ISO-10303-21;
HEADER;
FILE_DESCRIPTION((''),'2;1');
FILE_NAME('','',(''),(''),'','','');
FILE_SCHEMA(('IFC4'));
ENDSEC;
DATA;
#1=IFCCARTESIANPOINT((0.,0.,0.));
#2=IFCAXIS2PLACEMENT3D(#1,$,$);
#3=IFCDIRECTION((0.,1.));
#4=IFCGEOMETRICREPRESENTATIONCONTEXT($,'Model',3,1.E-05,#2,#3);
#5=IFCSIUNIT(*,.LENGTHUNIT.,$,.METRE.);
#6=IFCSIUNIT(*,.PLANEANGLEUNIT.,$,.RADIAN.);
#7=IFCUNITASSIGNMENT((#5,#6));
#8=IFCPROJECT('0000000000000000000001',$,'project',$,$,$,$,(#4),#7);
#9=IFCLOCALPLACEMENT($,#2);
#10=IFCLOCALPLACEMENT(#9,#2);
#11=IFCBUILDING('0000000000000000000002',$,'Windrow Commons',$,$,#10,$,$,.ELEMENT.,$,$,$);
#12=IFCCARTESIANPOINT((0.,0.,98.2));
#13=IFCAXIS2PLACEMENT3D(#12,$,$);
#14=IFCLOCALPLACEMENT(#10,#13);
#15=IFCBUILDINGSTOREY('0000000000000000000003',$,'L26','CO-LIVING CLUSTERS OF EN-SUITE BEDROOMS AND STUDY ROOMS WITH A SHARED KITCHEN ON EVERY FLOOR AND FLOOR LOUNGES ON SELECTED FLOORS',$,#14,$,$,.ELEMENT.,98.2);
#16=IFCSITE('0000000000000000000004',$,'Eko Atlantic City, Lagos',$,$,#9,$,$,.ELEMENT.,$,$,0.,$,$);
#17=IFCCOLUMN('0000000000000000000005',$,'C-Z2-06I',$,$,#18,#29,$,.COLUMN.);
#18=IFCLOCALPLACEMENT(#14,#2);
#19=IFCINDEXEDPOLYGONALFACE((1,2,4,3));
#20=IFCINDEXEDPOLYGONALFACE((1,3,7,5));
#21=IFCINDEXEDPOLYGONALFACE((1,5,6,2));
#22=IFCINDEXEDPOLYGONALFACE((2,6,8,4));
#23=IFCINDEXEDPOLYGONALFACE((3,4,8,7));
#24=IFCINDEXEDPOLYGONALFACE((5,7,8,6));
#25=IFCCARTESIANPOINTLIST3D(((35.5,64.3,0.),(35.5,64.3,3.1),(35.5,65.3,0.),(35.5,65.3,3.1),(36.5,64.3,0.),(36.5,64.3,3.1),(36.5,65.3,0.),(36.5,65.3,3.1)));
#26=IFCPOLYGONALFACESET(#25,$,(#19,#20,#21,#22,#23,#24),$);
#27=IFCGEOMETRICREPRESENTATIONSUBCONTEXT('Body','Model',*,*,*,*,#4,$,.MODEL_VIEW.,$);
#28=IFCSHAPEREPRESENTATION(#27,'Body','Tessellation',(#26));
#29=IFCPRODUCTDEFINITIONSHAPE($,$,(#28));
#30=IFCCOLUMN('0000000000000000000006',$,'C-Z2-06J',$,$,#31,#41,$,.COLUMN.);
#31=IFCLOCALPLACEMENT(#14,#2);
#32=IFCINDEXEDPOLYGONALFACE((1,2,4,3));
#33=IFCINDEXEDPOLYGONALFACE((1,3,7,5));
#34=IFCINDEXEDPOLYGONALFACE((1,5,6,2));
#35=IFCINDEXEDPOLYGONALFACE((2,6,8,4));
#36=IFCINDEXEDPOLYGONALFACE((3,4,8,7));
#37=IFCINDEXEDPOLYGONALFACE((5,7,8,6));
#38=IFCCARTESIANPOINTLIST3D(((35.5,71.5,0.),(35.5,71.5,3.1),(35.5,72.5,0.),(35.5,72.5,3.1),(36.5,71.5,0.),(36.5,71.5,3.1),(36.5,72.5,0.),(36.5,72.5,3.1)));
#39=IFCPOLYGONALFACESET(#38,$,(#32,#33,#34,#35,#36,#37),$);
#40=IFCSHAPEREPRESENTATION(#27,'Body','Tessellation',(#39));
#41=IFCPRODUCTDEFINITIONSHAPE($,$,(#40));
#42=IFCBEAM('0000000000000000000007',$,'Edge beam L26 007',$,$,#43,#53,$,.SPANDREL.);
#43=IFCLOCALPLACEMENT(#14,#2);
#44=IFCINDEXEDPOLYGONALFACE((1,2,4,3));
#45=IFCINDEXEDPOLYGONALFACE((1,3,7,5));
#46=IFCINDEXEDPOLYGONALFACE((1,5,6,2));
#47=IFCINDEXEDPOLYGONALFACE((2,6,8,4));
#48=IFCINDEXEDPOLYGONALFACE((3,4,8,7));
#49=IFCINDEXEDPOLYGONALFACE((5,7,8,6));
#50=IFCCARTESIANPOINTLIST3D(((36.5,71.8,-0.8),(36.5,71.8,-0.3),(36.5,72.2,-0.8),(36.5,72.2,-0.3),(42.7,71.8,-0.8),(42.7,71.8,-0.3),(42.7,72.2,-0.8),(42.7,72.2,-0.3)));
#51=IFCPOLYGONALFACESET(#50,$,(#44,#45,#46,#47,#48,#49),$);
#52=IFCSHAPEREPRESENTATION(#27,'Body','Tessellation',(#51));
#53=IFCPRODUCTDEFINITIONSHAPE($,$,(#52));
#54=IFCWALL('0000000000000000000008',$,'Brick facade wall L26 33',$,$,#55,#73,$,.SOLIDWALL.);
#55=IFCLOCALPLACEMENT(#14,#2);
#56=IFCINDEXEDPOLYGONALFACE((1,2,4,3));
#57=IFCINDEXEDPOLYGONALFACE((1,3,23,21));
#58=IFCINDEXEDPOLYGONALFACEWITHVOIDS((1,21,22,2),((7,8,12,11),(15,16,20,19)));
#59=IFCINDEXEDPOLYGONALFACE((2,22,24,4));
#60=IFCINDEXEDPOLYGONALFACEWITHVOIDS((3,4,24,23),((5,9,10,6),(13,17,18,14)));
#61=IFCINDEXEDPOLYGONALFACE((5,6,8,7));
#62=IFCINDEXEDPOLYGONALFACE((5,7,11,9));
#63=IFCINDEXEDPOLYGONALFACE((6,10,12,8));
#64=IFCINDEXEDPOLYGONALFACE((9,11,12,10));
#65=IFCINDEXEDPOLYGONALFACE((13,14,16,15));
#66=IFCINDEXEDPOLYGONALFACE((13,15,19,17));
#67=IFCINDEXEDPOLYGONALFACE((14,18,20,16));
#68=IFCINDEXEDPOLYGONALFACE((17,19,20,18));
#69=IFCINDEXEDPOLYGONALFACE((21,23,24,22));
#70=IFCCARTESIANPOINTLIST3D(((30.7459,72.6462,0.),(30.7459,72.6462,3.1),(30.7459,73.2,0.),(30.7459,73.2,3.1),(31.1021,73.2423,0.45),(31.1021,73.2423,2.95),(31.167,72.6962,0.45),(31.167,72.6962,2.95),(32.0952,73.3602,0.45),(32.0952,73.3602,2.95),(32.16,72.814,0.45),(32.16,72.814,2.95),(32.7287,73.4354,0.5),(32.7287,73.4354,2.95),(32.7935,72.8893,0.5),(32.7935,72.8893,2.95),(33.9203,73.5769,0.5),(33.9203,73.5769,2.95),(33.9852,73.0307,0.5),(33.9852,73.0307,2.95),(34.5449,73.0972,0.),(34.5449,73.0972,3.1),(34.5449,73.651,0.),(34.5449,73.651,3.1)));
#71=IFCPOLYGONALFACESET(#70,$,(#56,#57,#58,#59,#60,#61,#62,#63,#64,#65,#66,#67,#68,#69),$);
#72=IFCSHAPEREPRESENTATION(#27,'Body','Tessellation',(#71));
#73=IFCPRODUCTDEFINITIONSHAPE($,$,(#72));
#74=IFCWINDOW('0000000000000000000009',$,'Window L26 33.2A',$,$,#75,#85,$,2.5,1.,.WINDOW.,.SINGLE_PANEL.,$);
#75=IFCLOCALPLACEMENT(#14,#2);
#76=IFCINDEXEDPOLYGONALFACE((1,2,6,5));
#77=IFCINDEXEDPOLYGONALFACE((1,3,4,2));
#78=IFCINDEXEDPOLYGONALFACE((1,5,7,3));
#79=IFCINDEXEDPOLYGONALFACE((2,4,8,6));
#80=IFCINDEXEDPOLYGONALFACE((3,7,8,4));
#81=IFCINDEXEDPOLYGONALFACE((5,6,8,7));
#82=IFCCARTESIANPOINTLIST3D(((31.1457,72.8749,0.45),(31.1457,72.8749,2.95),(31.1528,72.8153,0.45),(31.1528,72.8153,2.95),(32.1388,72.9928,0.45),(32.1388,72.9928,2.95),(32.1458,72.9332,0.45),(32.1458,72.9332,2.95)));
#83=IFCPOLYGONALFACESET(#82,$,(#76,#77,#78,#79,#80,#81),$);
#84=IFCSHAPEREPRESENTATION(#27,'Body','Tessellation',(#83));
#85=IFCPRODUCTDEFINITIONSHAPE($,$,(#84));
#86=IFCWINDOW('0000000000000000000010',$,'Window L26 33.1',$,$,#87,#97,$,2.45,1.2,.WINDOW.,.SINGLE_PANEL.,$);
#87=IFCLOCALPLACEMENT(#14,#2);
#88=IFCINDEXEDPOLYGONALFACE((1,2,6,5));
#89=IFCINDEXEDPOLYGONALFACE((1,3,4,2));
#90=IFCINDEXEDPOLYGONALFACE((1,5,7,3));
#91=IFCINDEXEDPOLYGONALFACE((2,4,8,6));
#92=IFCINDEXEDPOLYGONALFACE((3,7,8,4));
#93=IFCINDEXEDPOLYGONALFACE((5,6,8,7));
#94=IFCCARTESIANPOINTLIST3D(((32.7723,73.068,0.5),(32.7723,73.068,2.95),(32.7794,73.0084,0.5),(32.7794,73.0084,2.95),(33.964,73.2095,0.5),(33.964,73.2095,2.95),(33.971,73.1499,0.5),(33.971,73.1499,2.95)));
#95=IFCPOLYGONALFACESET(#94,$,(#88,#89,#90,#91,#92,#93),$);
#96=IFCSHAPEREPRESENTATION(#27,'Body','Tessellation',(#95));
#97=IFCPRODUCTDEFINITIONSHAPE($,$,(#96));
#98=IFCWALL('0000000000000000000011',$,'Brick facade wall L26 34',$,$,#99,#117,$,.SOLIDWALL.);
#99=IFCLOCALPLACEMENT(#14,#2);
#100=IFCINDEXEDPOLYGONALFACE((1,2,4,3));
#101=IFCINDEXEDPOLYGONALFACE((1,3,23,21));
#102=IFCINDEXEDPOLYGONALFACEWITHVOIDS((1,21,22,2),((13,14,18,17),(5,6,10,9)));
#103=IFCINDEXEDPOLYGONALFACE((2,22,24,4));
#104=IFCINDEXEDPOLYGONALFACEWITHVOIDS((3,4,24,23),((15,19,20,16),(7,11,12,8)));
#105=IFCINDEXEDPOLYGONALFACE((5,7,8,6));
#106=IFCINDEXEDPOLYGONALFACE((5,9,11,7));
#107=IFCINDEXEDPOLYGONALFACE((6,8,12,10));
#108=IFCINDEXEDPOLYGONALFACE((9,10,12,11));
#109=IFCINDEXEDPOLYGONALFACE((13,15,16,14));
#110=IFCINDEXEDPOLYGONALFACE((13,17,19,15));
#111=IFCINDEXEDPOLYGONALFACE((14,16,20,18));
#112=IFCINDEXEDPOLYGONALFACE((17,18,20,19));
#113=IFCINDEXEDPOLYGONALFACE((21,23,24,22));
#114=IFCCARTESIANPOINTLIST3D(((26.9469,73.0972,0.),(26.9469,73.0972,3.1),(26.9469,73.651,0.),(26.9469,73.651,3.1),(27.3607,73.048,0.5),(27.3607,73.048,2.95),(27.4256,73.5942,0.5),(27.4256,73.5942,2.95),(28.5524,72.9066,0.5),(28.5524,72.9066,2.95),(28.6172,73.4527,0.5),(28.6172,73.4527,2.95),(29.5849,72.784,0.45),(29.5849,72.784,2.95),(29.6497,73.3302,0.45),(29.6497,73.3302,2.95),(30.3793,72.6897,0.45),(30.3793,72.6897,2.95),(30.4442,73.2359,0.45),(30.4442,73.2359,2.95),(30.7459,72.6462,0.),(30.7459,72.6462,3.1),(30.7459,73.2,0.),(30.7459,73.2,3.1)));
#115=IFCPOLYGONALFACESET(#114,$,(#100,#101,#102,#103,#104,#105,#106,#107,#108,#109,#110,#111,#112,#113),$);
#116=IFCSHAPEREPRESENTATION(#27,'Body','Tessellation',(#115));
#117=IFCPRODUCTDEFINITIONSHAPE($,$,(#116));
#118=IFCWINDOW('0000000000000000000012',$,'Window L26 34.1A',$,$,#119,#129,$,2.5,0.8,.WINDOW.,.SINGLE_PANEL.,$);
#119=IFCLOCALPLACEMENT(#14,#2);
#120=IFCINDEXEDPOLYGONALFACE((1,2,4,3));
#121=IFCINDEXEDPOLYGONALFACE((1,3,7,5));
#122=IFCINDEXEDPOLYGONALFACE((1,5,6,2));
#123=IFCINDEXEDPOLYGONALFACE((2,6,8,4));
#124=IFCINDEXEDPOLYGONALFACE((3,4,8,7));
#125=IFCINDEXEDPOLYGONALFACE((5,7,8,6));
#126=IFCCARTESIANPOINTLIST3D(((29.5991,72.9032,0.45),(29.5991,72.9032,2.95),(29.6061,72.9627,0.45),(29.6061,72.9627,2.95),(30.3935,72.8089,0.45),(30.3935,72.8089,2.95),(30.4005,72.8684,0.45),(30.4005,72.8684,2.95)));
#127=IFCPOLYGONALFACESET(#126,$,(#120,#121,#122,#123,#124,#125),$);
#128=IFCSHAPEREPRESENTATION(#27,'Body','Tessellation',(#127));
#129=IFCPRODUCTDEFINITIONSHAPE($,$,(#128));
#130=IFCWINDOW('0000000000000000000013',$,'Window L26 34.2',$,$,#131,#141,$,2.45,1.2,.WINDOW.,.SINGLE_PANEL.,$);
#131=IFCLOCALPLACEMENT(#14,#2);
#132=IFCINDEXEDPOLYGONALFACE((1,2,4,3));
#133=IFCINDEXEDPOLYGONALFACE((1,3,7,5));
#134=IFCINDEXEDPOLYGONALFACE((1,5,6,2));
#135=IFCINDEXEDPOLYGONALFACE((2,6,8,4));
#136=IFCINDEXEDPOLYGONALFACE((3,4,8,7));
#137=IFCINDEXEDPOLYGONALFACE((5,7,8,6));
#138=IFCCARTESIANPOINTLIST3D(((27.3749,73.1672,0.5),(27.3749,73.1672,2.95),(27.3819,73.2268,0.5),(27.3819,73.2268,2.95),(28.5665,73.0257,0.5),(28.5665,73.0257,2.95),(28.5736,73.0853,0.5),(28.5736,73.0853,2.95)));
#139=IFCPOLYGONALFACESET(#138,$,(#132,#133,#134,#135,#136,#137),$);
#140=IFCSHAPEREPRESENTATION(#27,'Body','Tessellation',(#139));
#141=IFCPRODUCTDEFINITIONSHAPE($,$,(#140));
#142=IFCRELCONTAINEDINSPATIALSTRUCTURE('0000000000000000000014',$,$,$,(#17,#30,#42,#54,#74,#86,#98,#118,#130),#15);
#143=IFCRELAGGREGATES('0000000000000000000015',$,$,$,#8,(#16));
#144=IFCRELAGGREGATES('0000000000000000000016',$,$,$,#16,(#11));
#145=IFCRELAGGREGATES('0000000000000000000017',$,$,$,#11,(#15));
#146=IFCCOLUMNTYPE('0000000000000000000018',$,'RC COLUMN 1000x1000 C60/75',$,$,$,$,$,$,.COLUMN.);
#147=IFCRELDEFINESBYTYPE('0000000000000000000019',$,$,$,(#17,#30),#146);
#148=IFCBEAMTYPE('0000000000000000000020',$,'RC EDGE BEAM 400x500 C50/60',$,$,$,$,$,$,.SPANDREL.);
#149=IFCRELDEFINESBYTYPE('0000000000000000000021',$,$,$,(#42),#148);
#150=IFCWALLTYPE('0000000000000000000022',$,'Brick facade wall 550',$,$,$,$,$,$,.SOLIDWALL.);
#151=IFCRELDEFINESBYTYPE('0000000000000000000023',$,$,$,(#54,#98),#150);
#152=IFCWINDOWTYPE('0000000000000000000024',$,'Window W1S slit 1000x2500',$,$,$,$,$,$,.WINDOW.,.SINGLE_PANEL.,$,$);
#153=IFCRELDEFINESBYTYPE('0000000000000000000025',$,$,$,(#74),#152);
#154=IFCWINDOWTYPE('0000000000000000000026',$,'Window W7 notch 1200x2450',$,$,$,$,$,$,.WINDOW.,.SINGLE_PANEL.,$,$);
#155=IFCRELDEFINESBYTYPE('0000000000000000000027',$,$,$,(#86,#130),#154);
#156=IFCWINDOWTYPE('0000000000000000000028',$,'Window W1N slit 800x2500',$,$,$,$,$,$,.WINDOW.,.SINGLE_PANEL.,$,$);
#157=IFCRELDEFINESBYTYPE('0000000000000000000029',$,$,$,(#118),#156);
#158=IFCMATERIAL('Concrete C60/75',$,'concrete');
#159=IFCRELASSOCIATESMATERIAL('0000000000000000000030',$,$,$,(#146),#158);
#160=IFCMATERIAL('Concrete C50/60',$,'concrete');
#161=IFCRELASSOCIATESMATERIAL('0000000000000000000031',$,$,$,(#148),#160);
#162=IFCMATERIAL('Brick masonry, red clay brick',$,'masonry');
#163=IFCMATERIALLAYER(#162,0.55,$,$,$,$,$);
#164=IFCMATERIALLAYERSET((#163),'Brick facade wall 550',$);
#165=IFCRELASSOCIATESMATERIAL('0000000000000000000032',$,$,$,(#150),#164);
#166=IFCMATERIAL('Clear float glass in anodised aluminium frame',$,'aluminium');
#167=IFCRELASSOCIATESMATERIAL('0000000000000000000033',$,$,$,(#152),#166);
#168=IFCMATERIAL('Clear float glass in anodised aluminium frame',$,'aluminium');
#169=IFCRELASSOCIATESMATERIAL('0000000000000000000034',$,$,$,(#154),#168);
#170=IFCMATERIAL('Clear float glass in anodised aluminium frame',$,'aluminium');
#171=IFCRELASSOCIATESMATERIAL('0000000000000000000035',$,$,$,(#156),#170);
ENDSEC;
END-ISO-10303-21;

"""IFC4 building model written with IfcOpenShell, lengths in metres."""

from ifc_helpers import new_model, si_unit, direction, frame, frame_2d, origin, origin_2d, place, context, subcontext, project, spatial, polyline, rectangle, outline, extrude, material, layer, layer_set, material_profile, profile_set, type_object, element, fill, save


model = new_model("IFC4")

# Units and contexts
model_context = context("Model", 3, precision=1e-05, world=origin(), true_north=direction((0.0, 1.0)))
body_context = subcontext(model_context, "Body", "Model", "MODEL_VIEW")
ifc_project = project(units=[si_unit("LENGTHUNIT", "METRE"), si_unit("PLANEANGLEUNIT", "RADIAN")], contexts=[model_context])

# Site, building, storey
site_placement = place(None, origin())
site = spatial("IfcSite", under=ifc_project, at=site_placement, Name="Eko Atlantic City, Lagos", CompositionType="ELEMENT", RefElevation=0.0)
building_placement = place(site_placement, origin())
building = spatial("IfcBuilding", under=site, at=building_placement, Name="Windrow Commons", CompositionType="ELEMENT")
storey_placement = place(building_placement, frame((0.0, 0.0, 98.2)))
storey = spatial("IfcBuildingStorey", under=building, at=storey_placement, Name="L26", Description="CO-LIVING CLUSTERS OF EN-SUITE BEDROOMS AND STUDY ROOMS WITH A SHARED KITCHEN ON EVERY FLOOR AND FLOOR LOUNGES ON SELECTED FLOORS", CompositionType="ELEMENT", Elevation=98.2)

# Columns
ifc_material_1 = material(Name="Concrete C60/75", Category="concrete")
ifc_material_profile_1 = material_profile(ifc_material_1, rectangle(XDim=1.0, YDim=1.0, at=origin_2d()))
ifc_profile_set_1 = profile_set([ifc_material_profile_1], Name="Concrete C60/75")
column_type = type_object("IfcColumnType", Name="RC COLUMN 1000x1000 C60/75", PredefinedType="COLUMN", material=ifc_profile_set_1)
for number, where, z_axis, x_axis, name in (
    (1, (36.0, 64.8, 0.0), (0.0, 0.0, 1.0), (1.0, 0.0, 0.0), "C-Z2-06I"),
    (2, (36.0, 72.0, 0.0), (0.0, 0.0, 1.0), (1.0, 0.0, 0.0), "C-Z2-06J"),
):
    element("IfcColumn", number, at=place(storey_placement, frame(where, z_axis=z_axis, x_axis=x_axis)), inside=storey, type_object=column_type, Name=name, PredefinedType="COLUMN", context=body_context, shape_type="SweptSolid", body=[
        extrude(rectangle(XDim=1.0, YDim=1.0, at=origin_2d()), origin(), (0.0, 0.0, 1.0), 3.1),
    ])

# Beam
ifc_material_2 = material(Name="Concrete C50/60", Category="concrete")
ifc_material_profile_2 = material_profile(ifc_material_2, rectangle(XDim=0.4, YDim=0.5, at=origin_2d()))
ifc_profile_set_2 = profile_set([ifc_material_profile_2], Name="Concrete C50/60")
beam_type = type_object("IfcBeamType", Name="RC EDGE BEAM 400x500 C50/60", PredefinedType="SPANDREL", material=ifc_profile_set_2)
beam_placement = place(storey_placement, frame((36.5, 72.0, -0.55), z_axis=(1.0, 0.0, 0.0), x_axis=(0.0, 1.0, 0.0)))
element("IfcBeam", 3, at=beam_placement, inside=storey, type_object=beam_type, Name="Edge beam L26 007", PredefinedType="SPANDREL", context=body_context, shape_type="SweptSolid", body=[
    extrude(rectangle(XDim=0.4, YDim=0.5, at=origin_2d()), origin(), (0.0, 0.0, 1.0), 6.2),
])

# Walls, openings, windows
ifc_material_3 = material(Name="Brick masonry, red clay brick", Category="masonry")
ifc_layer_1 = layer(ifc_material_3, 0.55)
ifc_layer_set_1 = layer_set([ifc_layer_1], Name="Brick facade wall 550")
wall_type_1 = type_object("IfcWallType", Name="Brick facade wall 550", PredefinedType="SOLIDWALL", material=ifc_layer_set_1)
wall_1_placement = place(storey_placement, frame((34.5449, 73.3741, 0.0), z_axis=(0.0, 0.0, 1.0), x_axis=(-0.993027, -0.117888, 0.0)))
wall_1 = element("IfcWall", 4, at=wall_1_placement, inside=storey, type_object=wall_type_1, Name="Brick facade wall L26 33", PredefinedType="SOLIDWALL", context=body_context, shape_type="SweptSolid", body=[
    extrude(outline(polyline([(-0.0326, -0.275), (3.793, -0.275), (3.8583, 0.275), (0.0326, 0.275), (-0.0326, -0.275)])), origin(), (0.0, 0.0, 1.0), 3.1),
])
opening_1_placement = place(wall_1_placement, frame((0.5963, 0.0, 0.5)))
opening_1 = element("IfcOpeningElement", 5, at=opening_1_placement, cuts=wall_1, PredefinedType="OPENING", context=body_context, shape_type="SweptSolid", body=[
    extrude(rectangle(XDim=1.2, YDim=2.45, at=frame_2d((0.6, 1.225))), frame((0.0, 0.285, 0.0), z_axis=(0.0, -1.0, 0.0), x_axis=(1.0, 0.0, 0.0)), (0.0, 0.0, 1.0), 0.57),
])
opening_2_placement = place(wall_1_placement, frame((2.4343, 0.0, 0.45)))
opening_2 = element("IfcOpeningElement", 6, at=opening_2_placement, cuts=wall_1, PredefinedType="OPENING", context=body_context, shape_type="SweptSolid", body=[
    extrude(rectangle(XDim=1.0, YDim=2.5, at=frame_2d((0.5, 1.25))), frame((0.0, 0.285, 0.0), z_axis=(0.0, -1.0, 0.0), x_axis=(1.0, 0.0, 0.0)), (0.0, 0.0, 1.0), 0.57),
])
ifc_material_4 = material(Name="Clear float glass in anodised aluminium frame", Category="aluminium")
window_type_1 = type_object("IfcWindowType", Name="Window W1S slit 1000x2500", PartitioningType="SINGLE_PANEL", PredefinedType="WINDOW", material=ifc_material_4)
window_1_placement = place(opening_2_placement, origin())
window_1 = element("IfcWindow", 7, at=window_1_placement, inside=storey, type_object=window_type_1, Name="Window L26 33.2A", OverallHeight=2.5, OverallWidth=1.0, PartitioningType="SINGLE_PANEL", PredefinedType="WINDOW", context=body_context, shape_type="SweptSolid", body=[
    extrude(rectangle(XDim=1.0, YDim=2.5, at=frame_2d((0.5, 1.25))), frame((0.0, 0.155, 0.0), z_axis=(0.0, -1.0, 0.0), x_axis=(1.0, 0.0, 0.0)), (0.0, 0.0, 1.0), 0.06),
])
fill(opening_2, window_1)
ifc_material_5 = material(Name="Clear float glass in anodised aluminium frame", Category="aluminium")
window_type_2 = type_object("IfcWindowType", Name="Window W7 notch 1200x2450", PartitioningType="SINGLE_PANEL", PredefinedType="WINDOW", material=ifc_material_5)
window_2_placement = place(opening_1_placement, origin())
window_2 = element("IfcWindow", 8, at=window_2_placement, inside=storey, type_object=window_type_2, Name="Window L26 33.1", OverallHeight=2.45, OverallWidth=1.2, PartitioningType="SINGLE_PANEL", PredefinedType="WINDOW", context=body_context, shape_type="SweptSolid", body=[
    extrude(rectangle(XDim=1.2, YDim=2.45, at=frame_2d((0.6, 1.225))), frame((0.0, 0.155, 0.0), z_axis=(0.0, -1.0, 0.0), x_axis=(1.0, 0.0, 0.0)), (0.0, 0.0, 1.0), 0.06),
])
fill(opening_1, window_2)
wall_2_placement = place(storey_placement, frame((30.7459, 72.9231, 0.0), z_axis=(0.0, 0.0, 1.0), x_axis=(-0.993027, 0.117888, 0.0)))
wall_2 = element("IfcWall", 9, at=wall_2_placement, inside=storey, type_object=wall_type_1, Name="Brick facade wall L26 34", PredefinedType="SOLIDWALL", context=body_context, shape_type="SweptSolid", body=[
    extrude(outline(polyline([(0.0326, -0.275), (3.8583, -0.275), (3.793, 0.275), (-0.0326, 0.275), (0.0326, -0.275)])), origin(), (0.0, 0.0, 1.0), 3.1),
])
opening_3_placement = place(wall_2_placement, frame((2.1763, 0.0, 0.5)))
opening_3 = element("IfcOpeningElement", 10, at=opening_3_placement, cuts=wall_2, PredefinedType="OPENING", context=body_context, shape_type="SweptSolid", body=[
    extrude(rectangle(XDim=1.2, YDim=2.45, at=frame_2d((0.6, 1.225))), frame((0.0, 0.285, 0.0), z_axis=(0.0, -1.0, 0.0), x_axis=(1.0, 0.0, 0.0)), (0.0, 0.0, 1.0), 0.57),
])
opening_4_placement = place(wall_2_placement, frame((0.3365, 0.0, 0.45)))
opening_4 = element("IfcOpeningElement", 11, at=opening_4_placement, cuts=wall_2, PredefinedType="OPENING", context=body_context, shape_type="SweptSolid", body=[
    extrude(rectangle(XDim=0.8, YDim=2.5, at=frame_2d((0.4, 1.25))), frame((0.0, 0.285, 0.0), z_axis=(0.0, -1.0, 0.0), x_axis=(1.0, 0.0, 0.0)), (0.0, 0.0, 1.0), 0.57),
])
ifc_material_6 = material(Name="Clear float glass in anodised aluminium frame", Category="aluminium")
window_type_3 = type_object("IfcWindowType", Name="Window W1N slit 800x2500", PartitioningType="SINGLE_PANEL", PredefinedType="WINDOW", material=ifc_material_6)
window_3_placement = place(opening_4_placement, origin())
window_3 = element("IfcWindow", 12, at=window_3_placement, inside=storey, type_object=window_type_3, Name="Window L26 34.1A", OverallHeight=2.5, OverallWidth=0.8, PartitioningType="SINGLE_PANEL", PredefinedType="WINDOW", context=body_context, shape_type="SweptSolid", body=[
    extrude(rectangle(XDim=0.8, YDim=2.5, at=frame_2d((0.4, 1.25))), frame((0.0, 0.155, 0.0), z_axis=(0.0, -1.0, 0.0), x_axis=(1.0, 0.0, 0.0)), (0.0, 0.0, 1.0), 0.06),
])
fill(opening_4, window_3)
window_4_placement = place(opening_3_placement, origin())
window_4 = element("IfcWindow", 13, at=window_4_placement, inside=storey, type_object=window_type_2, Name="Window L26 34.2", OverallHeight=2.45, OverallWidth=1.2, PartitioningType="SINGLE_PANEL", PredefinedType="WINDOW", context=body_context, shape_type="SweptSolid", body=[
    extrude(rectangle(XDim=1.2, YDim=2.45, at=frame_2d((0.6, 1.225))), frame((0.0, 0.155, 0.0), z_axis=(0.0, -1.0, 0.0), x_axis=(1.0, 0.0, 0.0)), (0.0, 0.0, 1.0), 0.06),
])
fill(opening_3, window_4)

save(model, "model.ifc")
